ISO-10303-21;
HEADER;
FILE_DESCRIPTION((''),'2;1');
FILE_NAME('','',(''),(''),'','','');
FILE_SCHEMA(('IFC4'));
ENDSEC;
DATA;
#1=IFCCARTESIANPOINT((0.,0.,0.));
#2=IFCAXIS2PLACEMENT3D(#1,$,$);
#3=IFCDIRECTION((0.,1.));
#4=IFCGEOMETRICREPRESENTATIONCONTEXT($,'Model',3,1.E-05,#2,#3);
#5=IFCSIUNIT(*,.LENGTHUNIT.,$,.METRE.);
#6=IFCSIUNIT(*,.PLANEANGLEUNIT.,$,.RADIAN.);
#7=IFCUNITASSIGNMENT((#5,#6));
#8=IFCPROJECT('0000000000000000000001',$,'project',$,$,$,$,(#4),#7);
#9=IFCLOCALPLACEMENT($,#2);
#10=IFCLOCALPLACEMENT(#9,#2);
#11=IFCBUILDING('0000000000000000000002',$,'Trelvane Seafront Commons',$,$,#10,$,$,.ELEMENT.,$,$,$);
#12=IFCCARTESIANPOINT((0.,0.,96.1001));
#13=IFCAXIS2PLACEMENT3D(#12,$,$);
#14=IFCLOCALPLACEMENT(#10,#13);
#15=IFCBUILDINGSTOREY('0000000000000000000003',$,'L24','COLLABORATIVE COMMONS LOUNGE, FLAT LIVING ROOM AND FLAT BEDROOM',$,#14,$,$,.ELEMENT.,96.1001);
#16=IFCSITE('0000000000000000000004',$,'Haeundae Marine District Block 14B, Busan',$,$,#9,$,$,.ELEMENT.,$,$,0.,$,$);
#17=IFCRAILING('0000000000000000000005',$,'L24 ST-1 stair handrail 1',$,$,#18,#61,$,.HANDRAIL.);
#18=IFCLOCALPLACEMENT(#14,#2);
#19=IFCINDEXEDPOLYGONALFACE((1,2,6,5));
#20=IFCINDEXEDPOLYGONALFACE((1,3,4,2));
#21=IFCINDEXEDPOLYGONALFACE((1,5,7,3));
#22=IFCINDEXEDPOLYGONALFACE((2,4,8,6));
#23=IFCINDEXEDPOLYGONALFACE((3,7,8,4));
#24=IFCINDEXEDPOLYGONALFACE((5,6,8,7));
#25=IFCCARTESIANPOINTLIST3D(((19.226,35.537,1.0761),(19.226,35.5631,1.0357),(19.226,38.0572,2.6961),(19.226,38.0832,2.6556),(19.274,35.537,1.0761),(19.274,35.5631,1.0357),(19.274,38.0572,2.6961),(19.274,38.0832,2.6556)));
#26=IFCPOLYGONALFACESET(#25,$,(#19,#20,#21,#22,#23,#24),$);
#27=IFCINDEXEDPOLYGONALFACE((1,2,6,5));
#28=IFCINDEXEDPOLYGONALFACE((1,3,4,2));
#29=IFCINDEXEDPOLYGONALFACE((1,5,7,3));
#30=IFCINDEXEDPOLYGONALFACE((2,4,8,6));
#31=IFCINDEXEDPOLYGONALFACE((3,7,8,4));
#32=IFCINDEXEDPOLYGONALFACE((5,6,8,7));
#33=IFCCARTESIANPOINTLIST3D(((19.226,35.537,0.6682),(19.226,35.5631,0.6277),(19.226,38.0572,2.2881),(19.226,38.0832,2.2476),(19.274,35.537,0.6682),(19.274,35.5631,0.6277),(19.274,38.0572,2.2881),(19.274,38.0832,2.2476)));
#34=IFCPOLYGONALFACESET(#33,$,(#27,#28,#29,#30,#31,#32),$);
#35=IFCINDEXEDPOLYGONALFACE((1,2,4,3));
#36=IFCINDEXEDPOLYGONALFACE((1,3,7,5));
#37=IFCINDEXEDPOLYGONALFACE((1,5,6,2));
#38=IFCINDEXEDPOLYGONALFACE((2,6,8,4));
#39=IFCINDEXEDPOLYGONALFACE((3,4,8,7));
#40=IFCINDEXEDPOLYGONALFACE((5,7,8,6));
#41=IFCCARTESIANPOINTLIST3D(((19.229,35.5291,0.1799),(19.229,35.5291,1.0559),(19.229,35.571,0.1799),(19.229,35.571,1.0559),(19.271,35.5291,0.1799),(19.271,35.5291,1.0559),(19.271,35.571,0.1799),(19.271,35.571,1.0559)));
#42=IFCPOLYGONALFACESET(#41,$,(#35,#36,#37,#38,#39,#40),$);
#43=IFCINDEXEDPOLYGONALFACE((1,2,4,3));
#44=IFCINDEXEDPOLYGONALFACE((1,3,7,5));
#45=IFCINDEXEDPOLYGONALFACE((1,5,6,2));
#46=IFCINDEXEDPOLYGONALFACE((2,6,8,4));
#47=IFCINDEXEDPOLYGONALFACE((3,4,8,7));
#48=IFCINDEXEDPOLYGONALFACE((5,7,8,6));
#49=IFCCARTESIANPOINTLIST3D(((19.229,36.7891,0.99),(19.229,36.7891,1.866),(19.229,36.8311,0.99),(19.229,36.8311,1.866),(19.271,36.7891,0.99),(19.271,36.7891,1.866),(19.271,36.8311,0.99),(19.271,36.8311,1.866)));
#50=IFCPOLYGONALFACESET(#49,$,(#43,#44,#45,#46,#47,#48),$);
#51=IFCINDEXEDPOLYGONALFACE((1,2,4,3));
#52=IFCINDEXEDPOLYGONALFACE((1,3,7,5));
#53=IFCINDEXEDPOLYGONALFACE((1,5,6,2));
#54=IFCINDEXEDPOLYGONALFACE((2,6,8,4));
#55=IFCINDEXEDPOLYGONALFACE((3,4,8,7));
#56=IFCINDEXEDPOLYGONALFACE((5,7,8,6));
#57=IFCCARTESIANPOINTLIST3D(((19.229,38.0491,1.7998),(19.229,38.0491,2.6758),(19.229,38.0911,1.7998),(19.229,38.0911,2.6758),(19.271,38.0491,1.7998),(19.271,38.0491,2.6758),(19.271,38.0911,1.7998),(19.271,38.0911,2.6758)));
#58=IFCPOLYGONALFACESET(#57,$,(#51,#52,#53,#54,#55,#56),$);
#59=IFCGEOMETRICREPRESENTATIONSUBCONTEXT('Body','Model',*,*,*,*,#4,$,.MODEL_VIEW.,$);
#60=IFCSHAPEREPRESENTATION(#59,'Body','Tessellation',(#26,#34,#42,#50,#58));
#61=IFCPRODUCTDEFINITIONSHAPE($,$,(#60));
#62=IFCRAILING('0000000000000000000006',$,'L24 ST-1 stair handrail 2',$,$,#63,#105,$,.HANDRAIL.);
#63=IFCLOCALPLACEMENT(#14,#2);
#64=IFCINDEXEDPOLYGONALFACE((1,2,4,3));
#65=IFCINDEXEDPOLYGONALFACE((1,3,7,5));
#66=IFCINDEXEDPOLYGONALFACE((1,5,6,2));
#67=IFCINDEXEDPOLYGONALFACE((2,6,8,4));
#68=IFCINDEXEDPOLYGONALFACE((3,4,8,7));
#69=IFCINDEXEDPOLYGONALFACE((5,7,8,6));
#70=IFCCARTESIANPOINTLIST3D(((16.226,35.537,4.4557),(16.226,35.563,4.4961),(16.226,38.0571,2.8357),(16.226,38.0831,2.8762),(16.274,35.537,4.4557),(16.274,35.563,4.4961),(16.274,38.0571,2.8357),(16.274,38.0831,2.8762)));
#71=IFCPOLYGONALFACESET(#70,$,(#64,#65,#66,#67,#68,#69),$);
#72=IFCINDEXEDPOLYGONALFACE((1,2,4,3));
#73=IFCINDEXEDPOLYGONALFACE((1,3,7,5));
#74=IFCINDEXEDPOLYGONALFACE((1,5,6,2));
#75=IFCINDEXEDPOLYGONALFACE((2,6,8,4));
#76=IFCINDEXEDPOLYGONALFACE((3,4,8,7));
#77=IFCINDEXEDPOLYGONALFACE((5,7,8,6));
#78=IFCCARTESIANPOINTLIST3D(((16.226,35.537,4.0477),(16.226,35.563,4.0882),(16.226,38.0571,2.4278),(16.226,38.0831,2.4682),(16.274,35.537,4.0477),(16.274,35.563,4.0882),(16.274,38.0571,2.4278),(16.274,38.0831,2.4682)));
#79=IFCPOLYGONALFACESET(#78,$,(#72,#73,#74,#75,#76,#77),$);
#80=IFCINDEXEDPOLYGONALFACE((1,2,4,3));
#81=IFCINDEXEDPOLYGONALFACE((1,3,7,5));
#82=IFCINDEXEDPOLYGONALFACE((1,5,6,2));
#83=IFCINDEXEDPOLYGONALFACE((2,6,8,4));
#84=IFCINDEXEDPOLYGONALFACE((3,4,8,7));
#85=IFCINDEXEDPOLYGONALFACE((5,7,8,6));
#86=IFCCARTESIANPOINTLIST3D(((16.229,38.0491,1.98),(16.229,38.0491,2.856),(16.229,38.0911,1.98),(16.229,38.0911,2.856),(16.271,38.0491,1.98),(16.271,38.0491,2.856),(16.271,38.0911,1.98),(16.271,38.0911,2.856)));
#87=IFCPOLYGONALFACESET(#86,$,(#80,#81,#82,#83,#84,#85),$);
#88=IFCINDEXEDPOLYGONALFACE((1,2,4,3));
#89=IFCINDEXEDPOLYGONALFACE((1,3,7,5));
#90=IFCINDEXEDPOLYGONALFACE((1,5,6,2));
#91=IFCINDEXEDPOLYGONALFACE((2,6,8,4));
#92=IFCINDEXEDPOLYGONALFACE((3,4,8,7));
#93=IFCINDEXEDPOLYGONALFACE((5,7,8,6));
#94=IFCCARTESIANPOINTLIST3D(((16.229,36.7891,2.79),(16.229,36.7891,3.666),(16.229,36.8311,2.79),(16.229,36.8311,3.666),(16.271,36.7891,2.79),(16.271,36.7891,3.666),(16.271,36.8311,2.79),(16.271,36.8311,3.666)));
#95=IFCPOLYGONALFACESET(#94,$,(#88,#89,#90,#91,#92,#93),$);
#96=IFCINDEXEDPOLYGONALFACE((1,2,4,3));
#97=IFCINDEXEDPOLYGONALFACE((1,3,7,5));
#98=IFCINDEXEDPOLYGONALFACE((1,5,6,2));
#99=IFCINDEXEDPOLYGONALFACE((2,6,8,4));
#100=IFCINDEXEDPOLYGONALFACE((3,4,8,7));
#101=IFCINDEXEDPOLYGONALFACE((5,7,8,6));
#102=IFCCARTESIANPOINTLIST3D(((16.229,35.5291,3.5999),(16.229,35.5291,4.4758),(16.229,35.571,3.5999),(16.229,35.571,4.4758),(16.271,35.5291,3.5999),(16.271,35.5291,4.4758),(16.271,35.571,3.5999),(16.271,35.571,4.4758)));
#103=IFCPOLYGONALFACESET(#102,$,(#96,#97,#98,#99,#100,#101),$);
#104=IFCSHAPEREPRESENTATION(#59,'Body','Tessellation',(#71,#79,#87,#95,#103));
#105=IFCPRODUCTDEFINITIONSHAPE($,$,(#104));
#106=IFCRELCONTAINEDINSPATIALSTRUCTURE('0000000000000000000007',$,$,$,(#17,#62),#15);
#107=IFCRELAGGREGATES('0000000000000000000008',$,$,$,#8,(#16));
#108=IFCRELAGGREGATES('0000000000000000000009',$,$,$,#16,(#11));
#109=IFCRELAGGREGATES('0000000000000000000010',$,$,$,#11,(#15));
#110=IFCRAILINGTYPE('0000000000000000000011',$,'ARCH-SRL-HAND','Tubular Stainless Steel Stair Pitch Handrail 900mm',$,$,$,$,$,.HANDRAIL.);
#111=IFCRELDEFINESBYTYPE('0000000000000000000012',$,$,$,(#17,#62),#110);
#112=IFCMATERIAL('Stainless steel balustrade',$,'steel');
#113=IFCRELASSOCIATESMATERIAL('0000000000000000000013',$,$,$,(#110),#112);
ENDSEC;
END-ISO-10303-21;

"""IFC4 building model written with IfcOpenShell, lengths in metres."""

from ifc_helpers import new_model, si_unit, direction, frame, origin, origin_2d, place, context, subcontext, project, spatial, rectangle, extrude, material, type_object, element, save


model = new_model("IFC4")

# Units and contexts
model_context = context("Model", 3, precision=1e-05, world=origin(), true_north=direction((0.0, 1.0)))
body_context = subcontext(model_context, "Body", "Model", "MODEL_VIEW")
ifc_project = project(units=[si_unit("LENGTHUNIT", "METRE"), si_unit("PLANEANGLEUNIT", "RADIAN")], contexts=[model_context])

# Site, building, storey
site_placement = place(None, origin())
site = spatial("IfcSite", under=ifc_project, at=site_placement, Name="Haeundae Marine District Block 14B, Busan", CompositionType="ELEMENT", RefElevation=0.0)
building_placement = place(site_placement, origin())
building = spatial("IfcBuilding", under=site, at=building_placement, Name="Trelvane Seafront Commons", CompositionType="ELEMENT")
storey_placement = place(building_placement, frame((0.0, 0.0, 96.1001)))
storey = spatial("IfcBuildingStorey", under=building, at=storey_placement, Name="L24", Description="COLLABORATIVE COMMONS LOUNGE, FLAT LIVING ROOM AND FLAT BEDROOM", CompositionType="ELEMENT", Elevation=96.1001)

# Shared definitions
ifc_material_1 = material(Name="Stainless steel balustrade", Category="steel")

# Railings
railing_type_1 = type_object("IfcRailingType", Name="ARCH-SRL-HAND", Description="Tubular Stainless Steel Stair Pitch Handrail 900mm", PredefinedType="HANDRAIL", material=ifc_material_1)
railing_1_placement = place(storey_placement, frame((19.25, 35.55, 0.1799)))
element("IfcRailing", 1, at=railing_1_placement, inside=storey, type_object=railing_type_1, Name="L24 ST-1 stair handrail 1", PredefinedType="HANDRAIL", context=body_context, shape_type="SweptSolid", body=[
    extrude(rectangle(XDim=0.0481, YDim=0.0481, at=origin_2d()), frame((0.0, 0.0, 0.876), z_axis=(0.0, 0.8412, 0.540725), x_axis=(-1.0, 0.0, 0.0)), (0.0, 0.0, 1.0), 2.9958),
    extrude(rectangle(XDim=0.0481, YDim=0.0481, at=origin_2d()), frame((0.0, 0.0, 0.468), z_axis=(0.0, 0.8412, 0.540725), x_axis=(-1.0, 0.0, 0.0)), (0.0, 0.0, 1.0), 2.9958),
    extrude(rectangle(XDim=0.042, YDim=0.042, at=origin_2d()), origin(), (0.0, 0.0, 1.0), 0.876),
    extrude(rectangle(XDim=0.042, YDim=0.042, at=origin_2d()), frame((0.0, 1.26, 0.8101)), (0.0, 0.0, 1.0), 0.876),
    extrude(rectangle(XDim=0.042, YDim=0.042, at=origin_2d()), frame((0.0, 2.52, 1.6199)), (0.0, 0.0, 1.0), 0.876),
])
railing_2_placement = place(storey_placement, frame((16.25, 38.0701, 1.98)))
element("IfcRailing", 2, at=railing_2_placement, inside=storey, type_object=railing_type_1, Name="L24 ST-1 stair handrail 2", PredefinedType="HANDRAIL", context=body_context, shape_type="SweptSolid", body=[
    extrude(rectangle(XDim=0.0481, YDim=0.0481, at=origin_2d()), frame((0.0, 0.0, 0.876), z_axis=(0.0, -0.8412, 0.540725), x_axis=(1.0, 0.0, 0.0)), (0.0, 0.0, 1.0), 2.9958),
    extrude(rectangle(XDim=0.0481, YDim=0.0481, at=origin_2d()), frame((0.0, 0.0, 0.468), z_axis=(0.0, -0.8412, 0.540725), x_axis=(1.0, 0.0, 0.0)), (0.0, 0.0, 1.0), 2.9958),
    extrude(rectangle(XDim=0.042, YDim=0.042, at=origin_2d()), origin(), (0.0, 0.0, 1.0), 0.876),
    extrude(rectangle(XDim=0.042, YDim=0.042, at=origin_2d()), frame((0.0, -1.26, 0.8101)), (0.0, 0.0, 1.0), 0.876),
    extrude(rectangle(XDim=0.042, YDim=0.042, at=origin_2d()), frame((0.0, -2.52, 1.6199)), (0.0, 0.0, 1.0), 0.876),
])

save(model, "model.ifc")
